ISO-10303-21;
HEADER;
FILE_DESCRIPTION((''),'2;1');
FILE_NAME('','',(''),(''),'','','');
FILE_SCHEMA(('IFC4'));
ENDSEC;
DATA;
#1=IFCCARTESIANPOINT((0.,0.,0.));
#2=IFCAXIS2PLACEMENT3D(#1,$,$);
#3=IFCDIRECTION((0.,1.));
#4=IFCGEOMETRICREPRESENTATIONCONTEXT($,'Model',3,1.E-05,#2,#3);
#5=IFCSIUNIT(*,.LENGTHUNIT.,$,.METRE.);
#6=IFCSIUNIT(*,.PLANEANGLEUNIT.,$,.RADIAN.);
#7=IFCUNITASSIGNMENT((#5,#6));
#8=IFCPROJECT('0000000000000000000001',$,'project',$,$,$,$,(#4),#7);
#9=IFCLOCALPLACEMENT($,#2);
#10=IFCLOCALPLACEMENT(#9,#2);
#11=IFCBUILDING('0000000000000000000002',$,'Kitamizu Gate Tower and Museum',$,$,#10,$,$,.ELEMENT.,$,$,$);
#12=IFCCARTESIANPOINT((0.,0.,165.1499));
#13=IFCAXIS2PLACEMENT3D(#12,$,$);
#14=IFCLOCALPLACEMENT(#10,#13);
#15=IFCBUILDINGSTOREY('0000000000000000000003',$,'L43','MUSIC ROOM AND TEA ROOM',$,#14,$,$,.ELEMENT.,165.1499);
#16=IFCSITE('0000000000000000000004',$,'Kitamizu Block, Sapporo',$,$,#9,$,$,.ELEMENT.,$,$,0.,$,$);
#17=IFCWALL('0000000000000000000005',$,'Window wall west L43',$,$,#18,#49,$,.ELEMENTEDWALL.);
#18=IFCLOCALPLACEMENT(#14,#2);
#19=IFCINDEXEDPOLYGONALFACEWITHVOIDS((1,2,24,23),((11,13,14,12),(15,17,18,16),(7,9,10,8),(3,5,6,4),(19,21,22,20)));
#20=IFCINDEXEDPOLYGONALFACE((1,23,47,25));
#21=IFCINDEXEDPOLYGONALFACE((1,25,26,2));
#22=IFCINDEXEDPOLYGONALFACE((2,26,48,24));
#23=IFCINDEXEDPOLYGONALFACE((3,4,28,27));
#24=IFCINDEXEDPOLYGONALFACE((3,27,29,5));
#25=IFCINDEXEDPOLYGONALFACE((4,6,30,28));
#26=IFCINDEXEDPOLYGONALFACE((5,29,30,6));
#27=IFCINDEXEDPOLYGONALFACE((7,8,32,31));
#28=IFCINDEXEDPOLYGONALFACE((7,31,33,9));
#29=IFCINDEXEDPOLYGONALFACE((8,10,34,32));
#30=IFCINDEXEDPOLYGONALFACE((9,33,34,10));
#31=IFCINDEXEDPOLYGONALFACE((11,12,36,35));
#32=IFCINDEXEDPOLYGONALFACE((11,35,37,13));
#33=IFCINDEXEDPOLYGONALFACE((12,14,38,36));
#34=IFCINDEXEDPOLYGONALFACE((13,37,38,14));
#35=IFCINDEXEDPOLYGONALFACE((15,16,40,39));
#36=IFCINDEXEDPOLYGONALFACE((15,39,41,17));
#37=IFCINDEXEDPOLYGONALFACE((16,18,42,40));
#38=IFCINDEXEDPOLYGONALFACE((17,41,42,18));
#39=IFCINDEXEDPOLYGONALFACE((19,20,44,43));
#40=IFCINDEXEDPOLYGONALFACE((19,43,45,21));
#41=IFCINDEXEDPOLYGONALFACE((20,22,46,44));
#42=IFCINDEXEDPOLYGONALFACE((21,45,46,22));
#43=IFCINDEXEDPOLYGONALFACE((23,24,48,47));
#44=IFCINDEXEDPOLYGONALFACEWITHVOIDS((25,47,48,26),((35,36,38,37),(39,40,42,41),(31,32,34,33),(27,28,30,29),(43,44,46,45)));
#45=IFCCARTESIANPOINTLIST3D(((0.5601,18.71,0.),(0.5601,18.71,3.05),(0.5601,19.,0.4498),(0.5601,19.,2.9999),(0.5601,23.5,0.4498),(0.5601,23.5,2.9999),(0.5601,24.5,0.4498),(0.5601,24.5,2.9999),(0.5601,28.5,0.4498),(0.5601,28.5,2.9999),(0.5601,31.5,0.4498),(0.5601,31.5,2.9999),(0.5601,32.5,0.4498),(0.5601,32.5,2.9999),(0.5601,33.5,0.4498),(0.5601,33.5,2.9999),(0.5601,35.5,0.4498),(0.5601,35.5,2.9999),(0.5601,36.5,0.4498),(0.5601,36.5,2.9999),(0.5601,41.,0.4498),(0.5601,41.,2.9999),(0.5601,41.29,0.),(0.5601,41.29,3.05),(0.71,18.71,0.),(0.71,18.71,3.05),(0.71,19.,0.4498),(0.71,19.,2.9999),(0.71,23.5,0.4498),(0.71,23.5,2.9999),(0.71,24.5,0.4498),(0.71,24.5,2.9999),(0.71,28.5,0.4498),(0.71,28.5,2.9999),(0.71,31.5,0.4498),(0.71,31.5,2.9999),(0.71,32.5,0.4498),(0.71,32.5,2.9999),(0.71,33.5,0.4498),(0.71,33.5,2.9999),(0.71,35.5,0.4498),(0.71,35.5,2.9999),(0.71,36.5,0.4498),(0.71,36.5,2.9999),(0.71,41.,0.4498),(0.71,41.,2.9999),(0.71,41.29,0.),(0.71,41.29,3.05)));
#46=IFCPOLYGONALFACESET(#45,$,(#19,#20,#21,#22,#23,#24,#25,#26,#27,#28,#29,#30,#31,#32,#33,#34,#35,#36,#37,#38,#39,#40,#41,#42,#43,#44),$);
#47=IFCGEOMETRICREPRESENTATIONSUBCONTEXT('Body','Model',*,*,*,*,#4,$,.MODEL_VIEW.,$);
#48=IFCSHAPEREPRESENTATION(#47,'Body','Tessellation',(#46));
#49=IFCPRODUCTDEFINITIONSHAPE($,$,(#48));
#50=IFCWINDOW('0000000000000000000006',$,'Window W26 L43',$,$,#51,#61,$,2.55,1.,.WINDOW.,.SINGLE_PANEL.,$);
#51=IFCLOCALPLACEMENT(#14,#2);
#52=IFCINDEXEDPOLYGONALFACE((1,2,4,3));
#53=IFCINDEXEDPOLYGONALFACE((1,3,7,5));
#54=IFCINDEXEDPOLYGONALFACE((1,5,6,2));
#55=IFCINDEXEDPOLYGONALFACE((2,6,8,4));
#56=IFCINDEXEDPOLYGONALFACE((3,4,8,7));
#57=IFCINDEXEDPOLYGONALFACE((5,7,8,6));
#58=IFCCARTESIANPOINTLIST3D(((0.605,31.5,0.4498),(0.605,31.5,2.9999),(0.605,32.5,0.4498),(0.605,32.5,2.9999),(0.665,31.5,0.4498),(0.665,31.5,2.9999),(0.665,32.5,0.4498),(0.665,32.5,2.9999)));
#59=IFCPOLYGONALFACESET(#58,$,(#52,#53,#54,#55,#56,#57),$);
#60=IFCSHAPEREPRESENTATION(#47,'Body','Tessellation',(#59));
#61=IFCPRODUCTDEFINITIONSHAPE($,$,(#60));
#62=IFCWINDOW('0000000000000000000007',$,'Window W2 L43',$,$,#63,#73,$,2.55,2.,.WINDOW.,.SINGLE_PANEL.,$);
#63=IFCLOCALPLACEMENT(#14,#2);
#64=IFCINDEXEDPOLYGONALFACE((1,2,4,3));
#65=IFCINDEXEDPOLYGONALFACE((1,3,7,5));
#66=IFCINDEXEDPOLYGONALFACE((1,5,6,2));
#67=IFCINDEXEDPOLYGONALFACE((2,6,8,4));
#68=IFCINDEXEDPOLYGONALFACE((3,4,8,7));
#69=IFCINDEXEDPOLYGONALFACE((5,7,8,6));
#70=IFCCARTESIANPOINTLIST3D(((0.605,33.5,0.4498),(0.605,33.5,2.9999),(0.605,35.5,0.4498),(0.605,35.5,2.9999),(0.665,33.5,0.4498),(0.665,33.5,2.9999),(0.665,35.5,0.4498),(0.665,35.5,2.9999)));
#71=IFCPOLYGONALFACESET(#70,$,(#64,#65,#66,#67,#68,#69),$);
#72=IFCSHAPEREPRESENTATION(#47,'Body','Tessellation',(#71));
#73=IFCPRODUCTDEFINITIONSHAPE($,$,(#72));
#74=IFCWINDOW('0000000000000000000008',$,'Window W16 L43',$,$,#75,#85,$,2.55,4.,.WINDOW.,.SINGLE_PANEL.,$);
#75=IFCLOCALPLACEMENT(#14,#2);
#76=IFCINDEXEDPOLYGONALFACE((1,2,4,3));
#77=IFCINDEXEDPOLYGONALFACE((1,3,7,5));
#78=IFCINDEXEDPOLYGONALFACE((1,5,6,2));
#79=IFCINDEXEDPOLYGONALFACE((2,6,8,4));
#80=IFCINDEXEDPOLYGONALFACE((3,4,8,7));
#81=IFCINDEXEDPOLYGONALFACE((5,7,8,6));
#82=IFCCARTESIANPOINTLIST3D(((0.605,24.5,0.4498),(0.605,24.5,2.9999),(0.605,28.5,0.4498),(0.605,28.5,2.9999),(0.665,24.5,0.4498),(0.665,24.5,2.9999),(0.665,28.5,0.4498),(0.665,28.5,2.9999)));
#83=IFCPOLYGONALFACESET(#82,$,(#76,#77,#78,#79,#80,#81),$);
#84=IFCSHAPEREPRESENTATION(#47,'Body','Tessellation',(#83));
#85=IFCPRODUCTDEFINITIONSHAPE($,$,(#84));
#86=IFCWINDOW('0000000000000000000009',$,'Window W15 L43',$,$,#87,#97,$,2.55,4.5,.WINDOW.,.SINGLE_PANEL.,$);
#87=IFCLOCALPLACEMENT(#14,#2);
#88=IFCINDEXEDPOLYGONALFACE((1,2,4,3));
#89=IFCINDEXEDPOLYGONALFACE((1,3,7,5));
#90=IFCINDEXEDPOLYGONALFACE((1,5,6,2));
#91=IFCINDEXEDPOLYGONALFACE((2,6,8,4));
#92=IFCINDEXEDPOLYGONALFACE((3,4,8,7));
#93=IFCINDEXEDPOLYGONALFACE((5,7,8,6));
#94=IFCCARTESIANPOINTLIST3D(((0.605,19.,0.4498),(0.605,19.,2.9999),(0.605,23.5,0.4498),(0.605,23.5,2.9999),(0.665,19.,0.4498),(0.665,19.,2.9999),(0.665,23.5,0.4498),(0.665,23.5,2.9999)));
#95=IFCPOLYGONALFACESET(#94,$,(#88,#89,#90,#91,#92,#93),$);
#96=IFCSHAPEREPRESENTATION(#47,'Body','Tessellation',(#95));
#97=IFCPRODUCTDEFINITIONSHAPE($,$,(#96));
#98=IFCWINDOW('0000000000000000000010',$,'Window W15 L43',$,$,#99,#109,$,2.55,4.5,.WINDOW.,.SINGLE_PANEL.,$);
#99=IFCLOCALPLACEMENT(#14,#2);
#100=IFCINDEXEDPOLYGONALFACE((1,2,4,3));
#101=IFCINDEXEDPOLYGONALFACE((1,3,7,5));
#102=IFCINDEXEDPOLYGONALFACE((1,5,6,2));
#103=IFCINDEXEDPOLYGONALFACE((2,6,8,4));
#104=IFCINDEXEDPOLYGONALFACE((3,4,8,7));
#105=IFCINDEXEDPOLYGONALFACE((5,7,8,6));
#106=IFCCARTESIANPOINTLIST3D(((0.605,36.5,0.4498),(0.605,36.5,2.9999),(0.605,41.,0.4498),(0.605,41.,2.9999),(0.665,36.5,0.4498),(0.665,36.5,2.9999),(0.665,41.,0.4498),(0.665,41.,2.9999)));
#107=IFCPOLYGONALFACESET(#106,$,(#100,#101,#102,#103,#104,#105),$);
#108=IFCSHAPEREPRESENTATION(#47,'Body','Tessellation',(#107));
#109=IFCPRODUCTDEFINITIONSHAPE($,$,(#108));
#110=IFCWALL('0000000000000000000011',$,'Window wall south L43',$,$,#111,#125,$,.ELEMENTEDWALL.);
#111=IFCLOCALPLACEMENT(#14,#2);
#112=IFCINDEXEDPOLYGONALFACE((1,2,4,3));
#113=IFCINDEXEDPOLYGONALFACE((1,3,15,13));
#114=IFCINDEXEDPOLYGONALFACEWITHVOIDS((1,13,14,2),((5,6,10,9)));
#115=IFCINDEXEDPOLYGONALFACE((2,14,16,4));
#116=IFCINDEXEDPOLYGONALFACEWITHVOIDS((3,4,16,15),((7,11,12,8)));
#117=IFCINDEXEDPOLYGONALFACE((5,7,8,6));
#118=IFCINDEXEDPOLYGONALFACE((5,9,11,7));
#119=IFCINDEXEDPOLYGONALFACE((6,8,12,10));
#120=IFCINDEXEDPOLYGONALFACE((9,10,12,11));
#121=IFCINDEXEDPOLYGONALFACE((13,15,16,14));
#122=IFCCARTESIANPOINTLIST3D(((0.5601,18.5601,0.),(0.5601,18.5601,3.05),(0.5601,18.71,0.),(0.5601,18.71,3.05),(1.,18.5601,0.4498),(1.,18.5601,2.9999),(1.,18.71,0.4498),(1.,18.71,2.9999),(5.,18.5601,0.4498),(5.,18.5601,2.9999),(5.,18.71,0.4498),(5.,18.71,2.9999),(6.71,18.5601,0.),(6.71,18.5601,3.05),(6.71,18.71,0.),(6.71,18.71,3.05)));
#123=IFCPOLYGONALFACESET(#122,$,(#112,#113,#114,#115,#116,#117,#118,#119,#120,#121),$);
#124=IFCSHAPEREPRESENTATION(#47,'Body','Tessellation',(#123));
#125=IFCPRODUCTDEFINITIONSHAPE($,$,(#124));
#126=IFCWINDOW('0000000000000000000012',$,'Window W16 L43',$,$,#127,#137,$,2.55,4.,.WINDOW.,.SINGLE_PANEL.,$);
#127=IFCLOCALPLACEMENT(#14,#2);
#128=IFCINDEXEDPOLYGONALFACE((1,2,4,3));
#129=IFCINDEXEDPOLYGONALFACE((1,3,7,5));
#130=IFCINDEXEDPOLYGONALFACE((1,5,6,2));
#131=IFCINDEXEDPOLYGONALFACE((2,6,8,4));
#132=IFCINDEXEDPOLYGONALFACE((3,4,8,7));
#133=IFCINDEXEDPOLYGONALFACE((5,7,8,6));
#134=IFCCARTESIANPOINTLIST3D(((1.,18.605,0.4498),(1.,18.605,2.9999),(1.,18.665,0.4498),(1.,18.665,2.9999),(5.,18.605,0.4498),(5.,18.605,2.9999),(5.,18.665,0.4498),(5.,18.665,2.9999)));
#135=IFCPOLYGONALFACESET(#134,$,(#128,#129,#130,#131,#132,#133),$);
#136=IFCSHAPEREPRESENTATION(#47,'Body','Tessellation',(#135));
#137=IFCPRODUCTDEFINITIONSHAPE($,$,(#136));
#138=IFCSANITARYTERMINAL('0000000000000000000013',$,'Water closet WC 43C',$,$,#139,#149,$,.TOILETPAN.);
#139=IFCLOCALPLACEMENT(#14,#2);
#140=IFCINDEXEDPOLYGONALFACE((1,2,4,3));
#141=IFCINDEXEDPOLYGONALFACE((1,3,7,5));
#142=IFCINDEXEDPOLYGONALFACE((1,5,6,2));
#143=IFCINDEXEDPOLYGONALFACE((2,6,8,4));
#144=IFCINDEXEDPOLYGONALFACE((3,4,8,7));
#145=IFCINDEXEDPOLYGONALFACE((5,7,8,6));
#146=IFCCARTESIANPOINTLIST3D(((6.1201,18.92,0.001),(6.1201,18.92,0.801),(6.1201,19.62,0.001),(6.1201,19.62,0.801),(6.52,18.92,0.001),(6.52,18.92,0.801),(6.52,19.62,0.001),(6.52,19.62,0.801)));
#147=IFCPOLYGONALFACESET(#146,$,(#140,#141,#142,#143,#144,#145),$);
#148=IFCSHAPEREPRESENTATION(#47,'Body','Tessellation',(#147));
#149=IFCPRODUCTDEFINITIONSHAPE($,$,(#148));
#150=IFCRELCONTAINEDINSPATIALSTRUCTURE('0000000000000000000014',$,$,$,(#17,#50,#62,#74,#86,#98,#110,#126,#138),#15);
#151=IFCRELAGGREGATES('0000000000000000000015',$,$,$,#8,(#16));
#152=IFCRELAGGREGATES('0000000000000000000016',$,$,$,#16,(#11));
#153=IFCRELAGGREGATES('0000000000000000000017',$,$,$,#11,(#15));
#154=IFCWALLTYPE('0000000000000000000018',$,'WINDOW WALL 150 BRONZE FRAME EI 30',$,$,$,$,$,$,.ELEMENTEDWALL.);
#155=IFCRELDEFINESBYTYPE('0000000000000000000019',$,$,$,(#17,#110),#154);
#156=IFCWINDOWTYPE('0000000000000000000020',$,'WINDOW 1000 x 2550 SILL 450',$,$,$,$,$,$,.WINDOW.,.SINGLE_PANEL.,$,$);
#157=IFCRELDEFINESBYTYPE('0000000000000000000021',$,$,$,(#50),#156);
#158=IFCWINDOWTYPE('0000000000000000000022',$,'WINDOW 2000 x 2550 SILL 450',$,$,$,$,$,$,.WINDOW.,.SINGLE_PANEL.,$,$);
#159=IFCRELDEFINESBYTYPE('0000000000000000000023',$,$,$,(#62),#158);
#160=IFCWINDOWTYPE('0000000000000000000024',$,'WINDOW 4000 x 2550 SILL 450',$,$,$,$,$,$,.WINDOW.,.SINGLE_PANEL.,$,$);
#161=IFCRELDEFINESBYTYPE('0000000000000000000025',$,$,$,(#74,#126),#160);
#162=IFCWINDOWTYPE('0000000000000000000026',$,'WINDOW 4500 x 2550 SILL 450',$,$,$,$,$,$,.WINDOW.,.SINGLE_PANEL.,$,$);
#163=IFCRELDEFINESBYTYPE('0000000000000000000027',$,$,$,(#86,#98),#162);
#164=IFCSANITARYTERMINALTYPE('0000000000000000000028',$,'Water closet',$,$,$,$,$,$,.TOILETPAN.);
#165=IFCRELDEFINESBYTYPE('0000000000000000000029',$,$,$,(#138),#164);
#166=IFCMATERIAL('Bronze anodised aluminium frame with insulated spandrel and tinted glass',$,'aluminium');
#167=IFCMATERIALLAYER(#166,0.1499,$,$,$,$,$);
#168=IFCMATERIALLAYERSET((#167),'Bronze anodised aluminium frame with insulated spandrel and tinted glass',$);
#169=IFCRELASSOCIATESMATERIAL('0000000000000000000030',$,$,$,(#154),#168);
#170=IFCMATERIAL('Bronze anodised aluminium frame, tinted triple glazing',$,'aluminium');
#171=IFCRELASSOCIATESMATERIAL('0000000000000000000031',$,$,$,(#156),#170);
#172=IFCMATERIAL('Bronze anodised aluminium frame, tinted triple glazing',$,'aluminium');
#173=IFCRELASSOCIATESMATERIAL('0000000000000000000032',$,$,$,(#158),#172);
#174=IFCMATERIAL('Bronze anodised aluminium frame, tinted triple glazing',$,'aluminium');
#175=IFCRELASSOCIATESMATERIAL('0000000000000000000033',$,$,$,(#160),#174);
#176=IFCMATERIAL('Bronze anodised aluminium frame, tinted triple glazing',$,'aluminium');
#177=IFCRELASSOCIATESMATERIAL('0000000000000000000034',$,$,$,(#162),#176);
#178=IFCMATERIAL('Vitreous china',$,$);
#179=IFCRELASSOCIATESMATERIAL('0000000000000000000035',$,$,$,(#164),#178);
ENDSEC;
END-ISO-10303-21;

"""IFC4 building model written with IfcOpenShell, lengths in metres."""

from ifc_helpers import new_model, si_unit, direction, frame, frame_2d, origin, origin_2d, place, context, subcontext, project, spatial, rectangle, extrude, material, layer, layer_set, type_object, element, fill, save


model = new_model("IFC4")

# Units and contexts
model_context = context("Model", 3, precision=1e-05, world=origin(), true_north=direction((0.0, 1.0)))
body_context = subcontext(model_context, "Body", "Model", "MODEL_VIEW")
ifc_project = project(units=[si_unit("LENGTHUNIT", "METRE"), si_unit("PLANEANGLEUNIT", "RADIAN")], contexts=[model_context])

# Site, building, storey
site_placement = place(None, origin())
site = spatial("IfcSite", under=ifc_project, at=site_placement, Name="Kitamizu Block, Sapporo", CompositionType="ELEMENT", RefElevation=0.0)
building_placement = place(site_placement, origin())
building = spatial("IfcBuilding", under=site, at=building_placement, Name="Kitamizu Gate Tower and Museum", CompositionType="ELEMENT")
storey_placement = place(building_placement, frame((0.0, 0.0, 165.1499)))
storey = spatial("IfcBuildingStorey", under=building, at=storey_placement, Name="L43", Description="MUSIC ROOM AND TEA ROOM", CompositionType="ELEMENT", Elevation=165.1499)

# Wall, openings, windows
ifc_material_1 = material(Name="Bronze anodised aluminium frame with insulated spandrel and tinted glass", Category="aluminium")
ifc_layer_1 = layer(ifc_material_1, 0.1499)
ifc_layer_set_1 = layer_set([ifc_layer_1], Name="Bronze anodised aluminium frame with insulated spandrel and tinted glass")
wall_type_1 = type_object("IfcWallType", Name="WINDOW WALL 150 BRONZE FRAME EI 30", PredefinedType="ELEMENTEDWALL", material=ifc_layer_set_1)
wall_1_placement = place(storey_placement, frame((0.635, 18.71, 0.0), z_axis=(0.0, 0.0, 1.0), x_axis=(0.0, 1.0, 0.0)))
wall_1 = element("IfcWall", 1, at=wall_1_placement, inside=storey, type_object=wall_type_1, Name="Window wall west L43", PredefinedType="ELEMENTEDWALL", context=body_context, shape_type="SweptSolid", body=[
    extrude(rectangle(XDim=22.5801, YDim=0.1499, at=frame_2d((11.29, 0.0))), origin(), (0.0, 0.0, 1.0), 3.05),
])
opening_1_placement = place(wall_1_placement, frame((0.29, 0.0, 0.45)))
opening_1 = element("IfcOpeningElement", 2, at=opening_1_placement, cuts=wall_1, PredefinedType="OPENING", context=body_context, shape_type="SweptSolid", body=[
    extrude(rectangle(XDim=4.5, YDim=2.55, at=frame_2d((2.25, 1.2749))), frame((0.0, 0.085, 0.0), z_axis=(0.0, -1.0, 0.0), x_axis=(1.0, 0.0, 0.0)), (0.0, 0.0, 1.0), 0.1699),
])
opening_2_placement = place(wall_1_placement, frame((5.79, 0.0, 0.45)))
opening_2 = element("IfcOpeningElement", 3, at=opening_2_placement, cuts=wall_1, PredefinedType="OPENING", context=body_context, shape_type="SweptSolid", body=[
    extrude(rectangle(XDim=4.0, YDim=2.55, at=frame_2d((2.0, 1.2749))), frame((0.0, 0.085, 0.0), z_axis=(0.0, -1.0, 0.0), x_axis=(1.0, 0.0, 0.0)), (0.0, 0.0, 1.0), 0.1699),
])
opening_3_placement = place(wall_1_placement, frame((12.79, 0.0, 0.45)))
opening_3 = element("IfcOpeningElement", 4, at=opening_3_placement, cuts=wall_1, PredefinedType="OPENING", context=body_context, shape_type="SweptSolid", body=[
    extrude(rectangle(XDim=1.0, YDim=2.55, at=frame_2d((0.5, 1.2749))), frame((0.0, 0.085, 0.0), z_axis=(0.0, -1.0, 0.0), x_axis=(1.0, 0.0, 0.0)), (0.0, 0.0, 1.0), 0.1699),
])
opening_4_placement = place(wall_1_placement, frame((14.79, 0.0, 0.45)))
opening_4 = element("IfcOpeningElement", 5, at=opening_4_placement, cuts=wall_1, PredefinedType="OPENING", context=body_context, shape_type="SweptSolid", body=[
    extrude(rectangle(XDim=2.0, YDim=2.55, at=frame_2d((1.0, 1.2749))), frame((0.0, 0.085, 0.0), z_axis=(0.0, -1.0, 0.0), x_axis=(1.0, 0.0, 0.0)), (0.0, 0.0, 1.0), 0.1699),
])
opening_5_placement = place(wall_1_placement, frame((17.79, 0.0, 0.45)))
opening_5 = element("IfcOpeningElement", 6, at=opening_5_placement, cuts=wall_1, PredefinedType="OPENING", context=body_context, shape_type="SweptSolid", body=[
    extrude(rectangle(XDim=4.5, YDim=2.55, at=frame_2d((2.25, 1.2749))), frame((0.0, 0.085, 0.0), z_axis=(0.0, -1.0, 0.0), x_axis=(1.0, 0.0, 0.0)), (0.0, 0.0, 1.0), 0.1699),
])
ifc_material_2 = material(Name="Bronze anodised aluminium frame, tinted triple glazing", Category="aluminium")
window_type_1 = type_object("IfcWindowType", Name="WINDOW 1000 x 2550 SILL 450", PartitioningType="SINGLE_PANEL", PredefinedType="WINDOW", material=ifc_material_2)
window_1_placement = place(opening_3_placement, origin())
window_1 = element("IfcWindow", 7, at=window_1_placement, inside=storey, type_object=window_type_1, Name="Window W26 L43", OverallHeight=2.55, OverallWidth=1.0, PartitioningType="SINGLE_PANEL", PredefinedType="WINDOW", context=body_context, shape_type="SweptSolid", body=[
    extrude(rectangle(XDim=1.0, YDim=2.55, at=frame_2d((0.5, 1.2749))), frame((0.0, 0.03, 0.0), z_axis=(0.0, -1.0, 0.0), x_axis=(1.0, 0.0, 0.0)), (0.0, 0.0, 1.0), 0.0601),
])
fill(opening_3, window_1)
ifc_material_3 = material(Name="Bronze anodised aluminium frame, tinted triple glazing", Category="aluminium")
window_type_2 = type_object("IfcWindowType", Name="WINDOW 2000 x 2550 SILL 450", PartitioningType="SINGLE_PANEL", PredefinedType="WINDOW", material=ifc_material_3)
window_2_placement = place(opening_4_placement, origin())
window_2 = element("IfcWindow", 8, at=window_2_placement, inside=storey, type_object=window_type_2, Name="Window W2 L43", OverallHeight=2.55, OverallWidth=2.0, PartitioningType="SINGLE_PANEL", PredefinedType="WINDOW", context=body_context, shape_type="SweptSolid", body=[
    extrude(rectangle(XDim=2.0, YDim=2.55, at=frame_2d((1.0, 1.2749))), frame((0.0, 0.03, 0.0), z_axis=(0.0, -1.0, 0.0), x_axis=(1.0, 0.0, 0.0)), (0.0, 0.0, 1.0), 0.0601),
])
fill(opening_4, window_2)
ifc_material_4 = material(Name="Bronze anodised aluminium frame, tinted triple glazing", Category="aluminium")
window_type_3 = type_object("IfcWindowType", Name="WINDOW 4000 x 2550 SILL 450", PartitioningType="SINGLE_PANEL", PredefinedType="WINDOW", material=ifc_material_4)
window_3_placement = place(opening_2_placement, origin())
window_3 = element("IfcWindow", 9, at=window_3_placement, inside=storey, type_object=window_type_3, Name="Window W16 L43", OverallHeight=2.55, OverallWidth=4.0, PartitioningType="SINGLE_PANEL", PredefinedType="WINDOW", context=body_context, shape_type="SweptSolid", body=[
    extrude(rectangle(XDim=4.0, YDim=2.55, at=frame_2d((2.0, 1.2749))), frame((0.0, 0.03, 0.0), z_axis=(0.0, -1.0, 0.0), x_axis=(1.0, 0.0, 0.0)), (0.0, 0.0, 1.0), 0.0601),
])
fill(opening_2, window_3)
ifc_material_5 = material(Name="Bronze anodised aluminium frame, tinted triple glazing", Category="aluminium")
window_type_4 = type_object("IfcWindowType", Name="WINDOW 4500 x 2550 SILL 450", PartitioningType="SINGLE_PANEL", PredefinedType="WINDOW", material=ifc_material_5)
window_4_placement = place(opening_1_placement, origin())
window_4 = element("IfcWindow", 10, at=window_4_placement, inside=storey, type_object=window_type_4, Name="Window W15 L43", OverallHeight=2.55, OverallWidth=4.5, PartitioningType="SINGLE_PANEL", PredefinedType="WINDOW", context=body_context, shape_type="SweptSolid", body=[
    extrude(rectangle(XDim=4.5, YDim=2.55, at=frame_2d((2.25, 1.2749))), frame((0.0, 0.03, 0.0), z_axis=(0.0, -1.0, 0.0), x_axis=(1.0, 0.0, 0.0)), (0.0, 0.0, 1.0), 0.0601),
])
fill(opening_1, window_4)
window_5_placement = place(opening_5_placement, origin())
window_5 = element("IfcWindow", 11, at=window_5_placement, inside=storey, type_object=window_type_4, Name="Window W15 L43", OverallHeight=2.55, OverallWidth=4.5, PartitioningType="SINGLE_PANEL", PredefinedType="WINDOW", context=body_context, shape_type="SweptSolid", body=[
    extrude(rectangle(XDim=4.5, YDim=2.55, at=frame_2d((2.25, 1.2749))), frame((0.0, 0.03, 0.0), z_axis=(0.0, -1.0, 0.0), x_axis=(1.0, 0.0, 0.0)), (0.0, 0.0, 1.0), 0.0601),
])
fill(opening_5, window_5)

# Wall, opening, window
wall_2_placement = place(storey_placement, frame((0.5601, 18.635, 0.0), z_axis=(0.0, 0.0, 1.0), x_axis=(1.0, 0.0, 0.0)))
wall_2 = element("IfcWall", 12, at=wall_2_placement, inside=storey, type_object=wall_type_1, Name="Window wall south L43", PredefinedType="ELEMENTEDWALL", context=body_context, shape_type="SweptSolid", body=[
    extrude(rectangle(XDim=6.1499, YDim=0.1499, at=frame_2d((3.075, 0.0))), origin(), (0.0, 0.0, 1.0), 3.05),
])
opening_6_placement = place(wall_2_placement, frame((0.4399, 0.0, 0.45)))
opening_6 = element("IfcOpeningElement", 13, at=opening_6_placement, cuts=wall_2, PredefinedType="OPENING", context=body_context, shape_type="SweptSolid", body=[
    extrude(rectangle(XDim=4.0, YDim=2.55, at=frame_2d((2.0, 1.2749))), frame((0.0, 0.085, 0.0), z_axis=(0.0, -1.0, 0.0), x_axis=(1.0, 0.0, 0.0)), (0.0, 0.0, 1.0), 0.1699),
])
window_6_placement = place(opening_6_placement, origin())
window_6 = element("IfcWindow", 14, at=window_6_placement, inside=storey, type_object=window_type_3, Name="Window W16 L43", OverallHeight=2.55, OverallWidth=4.0, PartitioningType="SINGLE_PANEL", PredefinedType="WINDOW", context=body_context, shape_type="SweptSolid", body=[
    extrude(rectangle(XDim=4.0, YDim=2.55, at=frame_2d((2.0, 1.2749))), frame((0.0, 0.03, 0.0), z_axis=(0.0, -1.0, 0.0), x_axis=(1.0, 0.0, 0.0)), (0.0, 0.0, 1.0), 0.0601),
])
fill(opening_6, window_6)

# Sanitary terminal
ifc_material_6 = material(Name="Vitreous china")
sanitary_terminal_type = type_object("IfcSanitaryTerminalType", Name="Water closet", PredefinedType="TOILETPAN", material=ifc_material_6)
sanitary_terminal_placement = place(storey_placement, frame((6.3201, 19.27, 0.001), z_axis=(0.0, 0.0, 1.0), x_axis=(1.0, 0.0, 0.0)))
element("IfcSanitaryTerminal", 15, at=sanitary_terminal_placement, inside=storey, type_object=sanitary_terminal_type, Name="Water closet WC 43C", PredefinedType="TOILETPAN", context=body_context, shape_type="SweptSolid", body=[
    extrude(rectangle(XDim=0.3999, YDim=0.7, at=origin_2d()), origin(), (0.0, 0.0, 1.0), 0.8),
])

save(model, "model.ifc")
